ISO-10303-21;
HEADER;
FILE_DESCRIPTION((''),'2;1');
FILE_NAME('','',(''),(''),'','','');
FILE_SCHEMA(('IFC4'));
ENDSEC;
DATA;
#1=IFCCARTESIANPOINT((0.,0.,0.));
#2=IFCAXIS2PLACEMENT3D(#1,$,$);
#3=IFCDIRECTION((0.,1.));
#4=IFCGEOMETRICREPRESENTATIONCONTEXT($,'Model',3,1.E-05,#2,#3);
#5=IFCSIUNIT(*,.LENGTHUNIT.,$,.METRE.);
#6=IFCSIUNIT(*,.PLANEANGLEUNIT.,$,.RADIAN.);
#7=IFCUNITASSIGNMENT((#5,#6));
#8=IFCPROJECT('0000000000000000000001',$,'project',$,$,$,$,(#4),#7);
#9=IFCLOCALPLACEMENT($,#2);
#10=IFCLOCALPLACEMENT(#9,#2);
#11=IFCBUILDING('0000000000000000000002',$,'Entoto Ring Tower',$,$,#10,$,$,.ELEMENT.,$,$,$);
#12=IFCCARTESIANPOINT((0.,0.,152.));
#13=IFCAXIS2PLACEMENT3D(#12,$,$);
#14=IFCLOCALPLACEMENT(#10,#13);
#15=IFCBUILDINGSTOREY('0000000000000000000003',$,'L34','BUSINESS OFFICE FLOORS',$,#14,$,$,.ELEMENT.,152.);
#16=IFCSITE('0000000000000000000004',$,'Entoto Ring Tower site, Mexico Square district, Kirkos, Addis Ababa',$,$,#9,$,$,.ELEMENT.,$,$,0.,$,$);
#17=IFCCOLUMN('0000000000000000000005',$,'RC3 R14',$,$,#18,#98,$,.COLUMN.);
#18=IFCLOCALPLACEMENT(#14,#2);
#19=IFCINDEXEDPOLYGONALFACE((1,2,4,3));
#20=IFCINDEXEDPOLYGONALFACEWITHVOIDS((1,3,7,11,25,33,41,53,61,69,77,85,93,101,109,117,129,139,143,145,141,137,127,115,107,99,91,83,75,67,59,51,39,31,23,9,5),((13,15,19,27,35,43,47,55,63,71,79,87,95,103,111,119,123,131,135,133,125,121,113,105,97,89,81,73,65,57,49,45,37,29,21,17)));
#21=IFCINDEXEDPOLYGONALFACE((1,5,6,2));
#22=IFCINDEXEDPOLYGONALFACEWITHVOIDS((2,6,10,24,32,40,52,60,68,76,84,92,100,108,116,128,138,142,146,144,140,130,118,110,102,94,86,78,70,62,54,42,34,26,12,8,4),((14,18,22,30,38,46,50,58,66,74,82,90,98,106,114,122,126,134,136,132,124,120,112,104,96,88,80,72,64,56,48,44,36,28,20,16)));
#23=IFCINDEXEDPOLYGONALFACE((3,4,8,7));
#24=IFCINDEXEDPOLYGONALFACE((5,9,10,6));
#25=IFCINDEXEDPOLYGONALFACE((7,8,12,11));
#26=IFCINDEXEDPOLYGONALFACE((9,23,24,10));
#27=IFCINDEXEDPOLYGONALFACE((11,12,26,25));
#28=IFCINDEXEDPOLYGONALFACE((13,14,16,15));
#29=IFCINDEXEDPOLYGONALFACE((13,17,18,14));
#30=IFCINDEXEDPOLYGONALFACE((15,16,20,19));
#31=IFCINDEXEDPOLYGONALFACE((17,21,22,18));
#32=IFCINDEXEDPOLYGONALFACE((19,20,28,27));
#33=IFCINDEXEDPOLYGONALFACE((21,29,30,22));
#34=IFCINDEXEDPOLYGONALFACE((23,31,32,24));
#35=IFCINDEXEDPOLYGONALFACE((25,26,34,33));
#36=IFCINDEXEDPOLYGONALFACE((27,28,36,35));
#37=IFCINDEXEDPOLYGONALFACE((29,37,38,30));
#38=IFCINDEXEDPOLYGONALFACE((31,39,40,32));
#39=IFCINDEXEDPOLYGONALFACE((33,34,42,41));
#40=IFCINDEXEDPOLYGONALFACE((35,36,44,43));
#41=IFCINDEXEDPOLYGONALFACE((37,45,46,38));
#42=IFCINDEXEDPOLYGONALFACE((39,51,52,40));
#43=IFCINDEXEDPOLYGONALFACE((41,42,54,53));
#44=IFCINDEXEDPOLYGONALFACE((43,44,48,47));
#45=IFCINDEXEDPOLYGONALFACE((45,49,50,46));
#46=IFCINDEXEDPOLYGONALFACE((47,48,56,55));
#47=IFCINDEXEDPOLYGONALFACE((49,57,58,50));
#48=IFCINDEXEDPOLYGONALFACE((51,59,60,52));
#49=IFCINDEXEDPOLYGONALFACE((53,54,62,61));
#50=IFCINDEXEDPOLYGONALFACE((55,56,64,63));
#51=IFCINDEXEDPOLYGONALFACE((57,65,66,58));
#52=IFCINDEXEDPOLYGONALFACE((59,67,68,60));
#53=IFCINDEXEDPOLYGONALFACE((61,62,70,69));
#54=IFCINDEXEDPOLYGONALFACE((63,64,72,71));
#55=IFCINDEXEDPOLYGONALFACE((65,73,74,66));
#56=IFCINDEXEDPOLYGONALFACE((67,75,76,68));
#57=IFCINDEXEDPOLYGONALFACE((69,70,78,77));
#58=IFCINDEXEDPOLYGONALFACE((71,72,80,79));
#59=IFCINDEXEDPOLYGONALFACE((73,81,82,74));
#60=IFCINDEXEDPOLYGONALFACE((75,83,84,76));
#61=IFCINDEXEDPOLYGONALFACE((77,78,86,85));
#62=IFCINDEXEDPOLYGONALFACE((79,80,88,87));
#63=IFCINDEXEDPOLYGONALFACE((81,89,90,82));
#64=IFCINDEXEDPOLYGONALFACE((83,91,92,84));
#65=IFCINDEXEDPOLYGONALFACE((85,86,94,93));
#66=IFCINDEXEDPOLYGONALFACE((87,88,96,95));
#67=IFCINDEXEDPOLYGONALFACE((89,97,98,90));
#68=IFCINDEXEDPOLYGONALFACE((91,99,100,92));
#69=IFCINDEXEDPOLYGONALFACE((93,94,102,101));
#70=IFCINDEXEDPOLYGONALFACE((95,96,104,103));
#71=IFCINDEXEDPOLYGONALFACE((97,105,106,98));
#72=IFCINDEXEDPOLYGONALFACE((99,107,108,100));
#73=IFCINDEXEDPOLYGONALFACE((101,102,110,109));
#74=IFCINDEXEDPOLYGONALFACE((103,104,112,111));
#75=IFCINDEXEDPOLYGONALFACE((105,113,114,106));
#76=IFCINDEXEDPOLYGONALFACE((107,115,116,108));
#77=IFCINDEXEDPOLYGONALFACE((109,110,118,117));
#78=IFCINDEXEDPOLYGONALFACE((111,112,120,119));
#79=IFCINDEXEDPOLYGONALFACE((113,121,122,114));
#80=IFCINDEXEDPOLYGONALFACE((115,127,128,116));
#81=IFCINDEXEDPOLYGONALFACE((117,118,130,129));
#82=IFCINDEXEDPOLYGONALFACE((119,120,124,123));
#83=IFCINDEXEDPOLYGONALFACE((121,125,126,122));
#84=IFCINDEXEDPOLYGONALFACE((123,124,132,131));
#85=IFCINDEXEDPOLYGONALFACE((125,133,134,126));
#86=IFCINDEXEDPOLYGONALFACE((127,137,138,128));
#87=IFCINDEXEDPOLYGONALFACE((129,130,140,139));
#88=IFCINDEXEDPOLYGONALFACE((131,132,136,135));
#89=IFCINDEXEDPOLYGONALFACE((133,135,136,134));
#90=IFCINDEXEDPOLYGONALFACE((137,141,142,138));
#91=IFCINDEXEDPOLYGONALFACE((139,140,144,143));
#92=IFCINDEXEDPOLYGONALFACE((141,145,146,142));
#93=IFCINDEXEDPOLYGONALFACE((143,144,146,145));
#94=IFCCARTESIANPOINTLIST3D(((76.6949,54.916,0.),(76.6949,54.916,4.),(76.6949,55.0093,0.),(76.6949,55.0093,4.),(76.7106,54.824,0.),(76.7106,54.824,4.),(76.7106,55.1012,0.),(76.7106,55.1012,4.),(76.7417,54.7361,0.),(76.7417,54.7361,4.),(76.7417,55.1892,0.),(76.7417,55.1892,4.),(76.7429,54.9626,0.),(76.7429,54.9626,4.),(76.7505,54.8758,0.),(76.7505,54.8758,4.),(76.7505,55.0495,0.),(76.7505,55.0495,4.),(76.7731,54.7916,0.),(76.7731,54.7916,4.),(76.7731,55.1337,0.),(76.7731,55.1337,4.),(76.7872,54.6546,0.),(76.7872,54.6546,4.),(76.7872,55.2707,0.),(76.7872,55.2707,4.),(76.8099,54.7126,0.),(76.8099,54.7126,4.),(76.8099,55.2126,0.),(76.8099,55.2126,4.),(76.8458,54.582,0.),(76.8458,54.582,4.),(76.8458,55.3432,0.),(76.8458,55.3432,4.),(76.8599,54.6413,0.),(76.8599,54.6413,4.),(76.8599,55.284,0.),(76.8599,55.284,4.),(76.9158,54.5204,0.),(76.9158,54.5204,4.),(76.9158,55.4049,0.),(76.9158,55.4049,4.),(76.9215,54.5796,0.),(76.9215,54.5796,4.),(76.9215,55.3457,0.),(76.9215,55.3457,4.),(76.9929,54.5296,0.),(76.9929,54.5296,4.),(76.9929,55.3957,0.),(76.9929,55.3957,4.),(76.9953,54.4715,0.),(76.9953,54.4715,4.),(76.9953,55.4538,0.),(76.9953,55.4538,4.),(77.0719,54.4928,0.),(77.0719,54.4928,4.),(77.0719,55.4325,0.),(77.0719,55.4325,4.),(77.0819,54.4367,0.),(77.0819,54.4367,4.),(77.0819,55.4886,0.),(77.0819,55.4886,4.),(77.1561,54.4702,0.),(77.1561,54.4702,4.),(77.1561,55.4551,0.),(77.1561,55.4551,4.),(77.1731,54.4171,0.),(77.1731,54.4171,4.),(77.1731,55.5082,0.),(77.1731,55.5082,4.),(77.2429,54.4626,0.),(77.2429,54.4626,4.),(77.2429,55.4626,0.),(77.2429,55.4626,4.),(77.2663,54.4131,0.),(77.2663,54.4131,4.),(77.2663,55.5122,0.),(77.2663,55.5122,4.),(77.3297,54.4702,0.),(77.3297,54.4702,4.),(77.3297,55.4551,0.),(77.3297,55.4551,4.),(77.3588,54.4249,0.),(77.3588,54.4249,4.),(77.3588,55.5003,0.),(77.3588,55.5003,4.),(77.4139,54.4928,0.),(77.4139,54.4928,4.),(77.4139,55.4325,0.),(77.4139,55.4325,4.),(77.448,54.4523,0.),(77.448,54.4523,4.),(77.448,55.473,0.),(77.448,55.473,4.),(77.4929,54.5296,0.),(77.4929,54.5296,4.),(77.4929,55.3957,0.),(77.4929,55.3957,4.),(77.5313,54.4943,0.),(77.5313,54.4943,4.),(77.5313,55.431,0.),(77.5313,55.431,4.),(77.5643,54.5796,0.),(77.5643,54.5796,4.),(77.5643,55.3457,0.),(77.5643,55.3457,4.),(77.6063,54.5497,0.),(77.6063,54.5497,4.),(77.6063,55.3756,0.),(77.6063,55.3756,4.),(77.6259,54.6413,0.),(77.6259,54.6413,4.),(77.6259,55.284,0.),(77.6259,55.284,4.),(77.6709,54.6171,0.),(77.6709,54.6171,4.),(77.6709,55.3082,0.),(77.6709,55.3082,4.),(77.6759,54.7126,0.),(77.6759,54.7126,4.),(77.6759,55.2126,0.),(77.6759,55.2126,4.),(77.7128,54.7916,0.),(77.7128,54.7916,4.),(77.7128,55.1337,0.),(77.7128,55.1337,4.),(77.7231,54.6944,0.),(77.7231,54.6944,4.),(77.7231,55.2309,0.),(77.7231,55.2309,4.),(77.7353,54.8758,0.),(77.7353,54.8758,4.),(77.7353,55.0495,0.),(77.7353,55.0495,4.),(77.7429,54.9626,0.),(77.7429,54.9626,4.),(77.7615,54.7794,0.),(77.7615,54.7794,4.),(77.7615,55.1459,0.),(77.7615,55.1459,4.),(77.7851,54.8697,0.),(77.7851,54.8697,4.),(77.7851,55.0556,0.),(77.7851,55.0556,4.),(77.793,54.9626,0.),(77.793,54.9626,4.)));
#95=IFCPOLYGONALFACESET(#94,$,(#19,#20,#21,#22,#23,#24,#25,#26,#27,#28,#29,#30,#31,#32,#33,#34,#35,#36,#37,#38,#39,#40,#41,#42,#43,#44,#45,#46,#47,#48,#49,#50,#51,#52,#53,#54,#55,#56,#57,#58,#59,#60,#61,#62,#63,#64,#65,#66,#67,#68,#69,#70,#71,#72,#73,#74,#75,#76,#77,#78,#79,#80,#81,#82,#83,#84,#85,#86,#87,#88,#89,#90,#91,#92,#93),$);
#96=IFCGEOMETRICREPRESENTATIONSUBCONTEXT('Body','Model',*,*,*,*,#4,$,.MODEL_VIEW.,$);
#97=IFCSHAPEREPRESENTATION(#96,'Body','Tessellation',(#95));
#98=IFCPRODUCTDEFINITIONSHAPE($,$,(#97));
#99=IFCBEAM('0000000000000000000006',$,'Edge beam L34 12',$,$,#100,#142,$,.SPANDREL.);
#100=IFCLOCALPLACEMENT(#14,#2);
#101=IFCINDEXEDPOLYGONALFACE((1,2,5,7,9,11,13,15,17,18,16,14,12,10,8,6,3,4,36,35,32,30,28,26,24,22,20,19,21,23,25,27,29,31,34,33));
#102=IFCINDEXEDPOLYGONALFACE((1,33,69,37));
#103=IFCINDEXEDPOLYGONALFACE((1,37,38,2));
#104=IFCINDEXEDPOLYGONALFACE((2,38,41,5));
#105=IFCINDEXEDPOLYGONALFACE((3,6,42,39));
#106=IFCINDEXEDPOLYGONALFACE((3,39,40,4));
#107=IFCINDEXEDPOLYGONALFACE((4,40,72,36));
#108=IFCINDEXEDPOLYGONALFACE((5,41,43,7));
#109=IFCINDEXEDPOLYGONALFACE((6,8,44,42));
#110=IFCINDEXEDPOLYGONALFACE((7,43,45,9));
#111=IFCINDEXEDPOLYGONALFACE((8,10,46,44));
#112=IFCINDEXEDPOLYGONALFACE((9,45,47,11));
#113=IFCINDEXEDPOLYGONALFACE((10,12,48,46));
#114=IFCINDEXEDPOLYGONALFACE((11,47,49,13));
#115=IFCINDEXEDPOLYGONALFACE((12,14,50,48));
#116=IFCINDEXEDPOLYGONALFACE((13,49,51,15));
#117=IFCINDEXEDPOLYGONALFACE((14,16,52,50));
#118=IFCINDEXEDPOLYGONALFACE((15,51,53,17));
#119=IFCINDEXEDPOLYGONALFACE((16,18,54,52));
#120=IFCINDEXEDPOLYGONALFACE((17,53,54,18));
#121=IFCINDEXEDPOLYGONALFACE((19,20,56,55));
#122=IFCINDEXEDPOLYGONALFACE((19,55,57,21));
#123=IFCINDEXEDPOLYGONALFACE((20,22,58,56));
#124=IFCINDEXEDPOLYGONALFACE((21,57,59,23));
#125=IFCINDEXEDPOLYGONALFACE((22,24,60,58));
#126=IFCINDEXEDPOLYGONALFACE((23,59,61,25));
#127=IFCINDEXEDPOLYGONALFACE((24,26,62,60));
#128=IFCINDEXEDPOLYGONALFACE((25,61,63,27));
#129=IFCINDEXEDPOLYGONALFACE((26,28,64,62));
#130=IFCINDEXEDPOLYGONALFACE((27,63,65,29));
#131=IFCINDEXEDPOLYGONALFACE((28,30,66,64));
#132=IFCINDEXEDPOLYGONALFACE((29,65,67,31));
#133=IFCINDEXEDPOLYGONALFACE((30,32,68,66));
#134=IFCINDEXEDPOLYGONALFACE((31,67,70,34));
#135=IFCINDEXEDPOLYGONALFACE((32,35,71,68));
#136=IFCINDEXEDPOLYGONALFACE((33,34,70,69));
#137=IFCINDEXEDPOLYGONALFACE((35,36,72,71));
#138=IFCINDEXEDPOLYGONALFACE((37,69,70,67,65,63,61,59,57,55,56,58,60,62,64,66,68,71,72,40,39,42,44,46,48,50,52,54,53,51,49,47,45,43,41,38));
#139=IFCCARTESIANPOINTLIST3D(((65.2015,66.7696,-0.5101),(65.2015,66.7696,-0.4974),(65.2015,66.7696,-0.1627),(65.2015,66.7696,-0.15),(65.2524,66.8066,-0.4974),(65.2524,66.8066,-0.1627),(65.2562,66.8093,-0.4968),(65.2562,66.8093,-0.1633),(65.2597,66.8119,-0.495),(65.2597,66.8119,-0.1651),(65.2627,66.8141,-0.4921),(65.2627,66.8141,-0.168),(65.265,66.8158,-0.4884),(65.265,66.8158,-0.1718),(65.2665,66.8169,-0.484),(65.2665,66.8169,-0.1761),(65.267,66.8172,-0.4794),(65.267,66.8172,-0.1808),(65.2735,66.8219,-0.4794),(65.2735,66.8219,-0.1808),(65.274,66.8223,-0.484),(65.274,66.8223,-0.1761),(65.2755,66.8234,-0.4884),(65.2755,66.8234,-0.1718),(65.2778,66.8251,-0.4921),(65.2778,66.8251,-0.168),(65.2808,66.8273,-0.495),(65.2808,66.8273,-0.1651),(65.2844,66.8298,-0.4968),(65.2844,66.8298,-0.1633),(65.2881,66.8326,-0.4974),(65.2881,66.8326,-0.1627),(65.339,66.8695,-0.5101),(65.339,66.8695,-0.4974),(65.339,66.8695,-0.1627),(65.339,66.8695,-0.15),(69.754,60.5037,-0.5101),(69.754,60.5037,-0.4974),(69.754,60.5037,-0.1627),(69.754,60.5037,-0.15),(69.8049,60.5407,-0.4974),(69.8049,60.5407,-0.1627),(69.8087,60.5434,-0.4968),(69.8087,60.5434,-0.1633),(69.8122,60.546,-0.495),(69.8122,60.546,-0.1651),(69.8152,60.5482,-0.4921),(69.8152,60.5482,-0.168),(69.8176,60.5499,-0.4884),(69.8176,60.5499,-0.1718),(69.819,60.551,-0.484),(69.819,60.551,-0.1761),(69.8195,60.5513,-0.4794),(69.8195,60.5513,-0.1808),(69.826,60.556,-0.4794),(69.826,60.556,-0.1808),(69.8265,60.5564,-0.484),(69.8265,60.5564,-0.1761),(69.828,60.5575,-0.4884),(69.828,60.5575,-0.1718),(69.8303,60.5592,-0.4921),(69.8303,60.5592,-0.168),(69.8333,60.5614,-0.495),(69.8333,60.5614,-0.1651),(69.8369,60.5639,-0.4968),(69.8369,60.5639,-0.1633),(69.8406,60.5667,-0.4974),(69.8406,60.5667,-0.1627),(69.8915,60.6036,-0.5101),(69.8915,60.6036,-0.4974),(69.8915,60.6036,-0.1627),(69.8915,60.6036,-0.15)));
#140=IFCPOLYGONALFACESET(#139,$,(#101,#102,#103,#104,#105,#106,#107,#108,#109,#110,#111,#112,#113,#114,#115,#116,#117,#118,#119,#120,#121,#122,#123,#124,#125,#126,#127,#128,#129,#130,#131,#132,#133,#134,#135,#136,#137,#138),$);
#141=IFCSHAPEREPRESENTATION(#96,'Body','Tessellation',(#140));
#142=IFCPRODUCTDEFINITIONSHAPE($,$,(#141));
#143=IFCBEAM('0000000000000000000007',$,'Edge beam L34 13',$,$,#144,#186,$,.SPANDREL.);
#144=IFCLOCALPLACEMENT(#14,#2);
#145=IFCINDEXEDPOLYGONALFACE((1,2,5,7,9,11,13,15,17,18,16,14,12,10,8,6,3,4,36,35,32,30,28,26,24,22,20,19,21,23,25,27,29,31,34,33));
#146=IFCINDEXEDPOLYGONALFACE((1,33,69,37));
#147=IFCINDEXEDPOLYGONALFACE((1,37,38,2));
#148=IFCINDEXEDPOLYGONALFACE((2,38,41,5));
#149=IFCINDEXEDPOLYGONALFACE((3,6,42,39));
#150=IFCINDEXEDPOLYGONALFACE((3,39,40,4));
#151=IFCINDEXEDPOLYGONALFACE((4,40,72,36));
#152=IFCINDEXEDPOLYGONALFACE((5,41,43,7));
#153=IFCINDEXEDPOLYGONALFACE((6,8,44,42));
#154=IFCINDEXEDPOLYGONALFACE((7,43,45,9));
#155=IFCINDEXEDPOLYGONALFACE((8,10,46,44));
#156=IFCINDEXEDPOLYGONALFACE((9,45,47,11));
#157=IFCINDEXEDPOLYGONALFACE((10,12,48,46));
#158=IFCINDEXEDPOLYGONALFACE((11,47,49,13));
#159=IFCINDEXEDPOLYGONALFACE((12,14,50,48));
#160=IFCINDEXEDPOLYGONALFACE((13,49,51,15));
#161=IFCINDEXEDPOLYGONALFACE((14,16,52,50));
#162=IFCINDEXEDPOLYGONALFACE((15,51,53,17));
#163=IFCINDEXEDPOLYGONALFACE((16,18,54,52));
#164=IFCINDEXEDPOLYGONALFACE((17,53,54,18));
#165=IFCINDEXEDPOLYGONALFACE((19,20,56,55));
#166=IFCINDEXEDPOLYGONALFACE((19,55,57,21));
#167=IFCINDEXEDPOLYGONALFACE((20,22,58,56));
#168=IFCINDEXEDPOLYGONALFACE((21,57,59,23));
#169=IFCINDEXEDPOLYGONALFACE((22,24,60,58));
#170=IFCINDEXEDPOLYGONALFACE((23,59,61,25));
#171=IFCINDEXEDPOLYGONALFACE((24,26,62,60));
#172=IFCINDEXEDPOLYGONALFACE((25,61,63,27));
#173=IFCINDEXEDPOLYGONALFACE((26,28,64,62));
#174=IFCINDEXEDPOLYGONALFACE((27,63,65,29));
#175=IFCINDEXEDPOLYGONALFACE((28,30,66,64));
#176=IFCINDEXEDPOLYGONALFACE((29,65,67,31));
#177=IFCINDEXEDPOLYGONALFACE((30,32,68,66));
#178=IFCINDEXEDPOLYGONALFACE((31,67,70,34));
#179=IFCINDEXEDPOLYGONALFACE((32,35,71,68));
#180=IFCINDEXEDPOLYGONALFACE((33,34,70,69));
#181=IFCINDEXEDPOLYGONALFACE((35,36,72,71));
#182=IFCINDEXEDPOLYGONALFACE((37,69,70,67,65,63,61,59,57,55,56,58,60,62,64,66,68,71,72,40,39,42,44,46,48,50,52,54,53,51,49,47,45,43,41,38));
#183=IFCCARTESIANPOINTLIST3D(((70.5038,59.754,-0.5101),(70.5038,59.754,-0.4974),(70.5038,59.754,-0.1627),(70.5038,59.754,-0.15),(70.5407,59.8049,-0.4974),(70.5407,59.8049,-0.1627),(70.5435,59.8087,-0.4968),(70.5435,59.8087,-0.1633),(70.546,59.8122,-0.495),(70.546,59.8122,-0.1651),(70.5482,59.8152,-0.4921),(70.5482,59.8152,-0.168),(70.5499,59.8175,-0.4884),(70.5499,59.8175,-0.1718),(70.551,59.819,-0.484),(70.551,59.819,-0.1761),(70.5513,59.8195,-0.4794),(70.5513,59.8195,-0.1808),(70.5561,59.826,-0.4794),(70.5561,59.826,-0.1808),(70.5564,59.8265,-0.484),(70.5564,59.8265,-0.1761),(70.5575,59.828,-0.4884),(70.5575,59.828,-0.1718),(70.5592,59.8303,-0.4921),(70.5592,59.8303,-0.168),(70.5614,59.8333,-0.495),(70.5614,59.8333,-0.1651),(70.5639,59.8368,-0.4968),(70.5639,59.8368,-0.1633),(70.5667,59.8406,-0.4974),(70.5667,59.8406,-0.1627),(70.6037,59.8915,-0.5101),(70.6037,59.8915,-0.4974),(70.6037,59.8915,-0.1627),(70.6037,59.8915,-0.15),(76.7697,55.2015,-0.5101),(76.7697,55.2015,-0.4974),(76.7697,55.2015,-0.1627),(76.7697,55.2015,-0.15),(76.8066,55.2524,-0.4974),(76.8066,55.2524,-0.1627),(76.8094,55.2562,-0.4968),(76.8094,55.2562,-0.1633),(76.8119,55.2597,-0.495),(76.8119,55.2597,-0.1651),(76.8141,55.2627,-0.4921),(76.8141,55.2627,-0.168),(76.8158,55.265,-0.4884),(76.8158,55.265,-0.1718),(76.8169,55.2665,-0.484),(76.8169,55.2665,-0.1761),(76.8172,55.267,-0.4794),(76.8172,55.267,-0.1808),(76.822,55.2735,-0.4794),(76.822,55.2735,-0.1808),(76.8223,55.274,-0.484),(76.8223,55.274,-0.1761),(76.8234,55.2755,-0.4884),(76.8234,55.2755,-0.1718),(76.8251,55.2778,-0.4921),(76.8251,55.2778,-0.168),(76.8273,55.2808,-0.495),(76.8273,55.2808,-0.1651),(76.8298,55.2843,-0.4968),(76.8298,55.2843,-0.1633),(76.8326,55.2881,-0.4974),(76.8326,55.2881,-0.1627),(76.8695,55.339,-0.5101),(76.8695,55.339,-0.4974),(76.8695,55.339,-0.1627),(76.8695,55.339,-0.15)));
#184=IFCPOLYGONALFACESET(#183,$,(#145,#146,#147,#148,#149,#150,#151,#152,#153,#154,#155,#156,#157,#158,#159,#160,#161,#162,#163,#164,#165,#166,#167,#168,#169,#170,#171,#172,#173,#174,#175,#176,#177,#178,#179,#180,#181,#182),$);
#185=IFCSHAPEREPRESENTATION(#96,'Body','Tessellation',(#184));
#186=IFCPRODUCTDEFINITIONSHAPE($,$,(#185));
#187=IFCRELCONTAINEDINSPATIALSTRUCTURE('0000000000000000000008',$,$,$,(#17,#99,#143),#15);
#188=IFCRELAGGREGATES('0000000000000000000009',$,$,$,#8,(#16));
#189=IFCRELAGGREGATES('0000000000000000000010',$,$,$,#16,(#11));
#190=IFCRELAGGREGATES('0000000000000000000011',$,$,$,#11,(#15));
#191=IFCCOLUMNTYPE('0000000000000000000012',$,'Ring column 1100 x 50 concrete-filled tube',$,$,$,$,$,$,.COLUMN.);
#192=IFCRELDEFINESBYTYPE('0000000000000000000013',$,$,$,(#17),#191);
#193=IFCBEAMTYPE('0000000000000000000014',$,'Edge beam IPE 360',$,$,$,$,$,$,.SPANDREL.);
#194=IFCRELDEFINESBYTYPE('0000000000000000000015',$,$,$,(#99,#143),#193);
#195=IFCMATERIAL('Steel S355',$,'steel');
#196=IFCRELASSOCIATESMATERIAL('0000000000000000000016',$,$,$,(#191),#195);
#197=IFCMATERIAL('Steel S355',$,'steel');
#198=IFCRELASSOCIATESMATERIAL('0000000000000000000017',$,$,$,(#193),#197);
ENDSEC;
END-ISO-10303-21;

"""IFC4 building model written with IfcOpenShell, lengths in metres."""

from ifc_helpers import new_model, si_unit, direction, frame, origin, origin_2d, place, context, subcontext, project, spatial, circle, hollow_circle, i_section, extrude, material, material_profile, profile_set, type_object, element, save


model = new_model("IFC4")

# Units and contexts
model_context = context("Model", 3, precision=1e-05, world=origin(), true_north=direction((0.0, 1.0)))
body_context = subcontext(model_context, "Body", "Model", "MODEL_VIEW")
ifc_project = project(units=[si_unit("LENGTHUNIT", "METRE"), si_unit("PLANEANGLEUNIT", "RADIAN")], contexts=[model_context])

# Site, building, storey
site_placement = place(None, origin())
site = spatial("IfcSite", under=ifc_project, at=site_placement, Name="Entoto Ring Tower site, Mexico Square district, Kirkos, Addis Ababa", CompositionType="ELEMENT", RefElevation=0.0)
building_placement = place(site_placement, origin())
building = spatial("IfcBuilding", under=site, at=building_placement, Name="Entoto Ring Tower", CompositionType="ELEMENT")
storey_placement = place(building_placement, frame((0.0, 0.0, 152.0)))
storey = spatial("IfcBuildingStorey", under=building, at=storey_placement, Name="L34", Description="BUSINESS OFFICE FLOORS", CompositionType="ELEMENT", Elevation=152.0)

# Column
ifc_material_1 = material(Name="Steel S355", Category="steel")
ifc_material_profile_1 = material_profile(ifc_material_1, hollow_circle(Radius=0.55, WallThickness=0.05, at=origin_2d()), Name="CHS 1100 x 50")
ifc_material_2 = material(Name="Concrete C60/75", Category="concrete")
ifc_material_profile_2 = material_profile(ifc_material_2, circle(Radius=0.5, at=origin_2d()), Name="Concrete C60/75 infill")
ifc_profile_set_1 = profile_set([ifc_material_profile_1, ifc_material_profile_2], Name="Steel S355")
column_type = type_object("IfcColumnType", Name="Ring column 1100 x 50 concrete-filled tube", PredefinedType="COLUMN", material=ifc_profile_set_1)
for number, where, z_axis, x_axis, name in (
    (1, (77.2429, 54.9626, 0.0), (0.0, 0.0, 1.0), (1.0, 0.0, 0.0), "RC3 R14"),
):
    element("IfcColumn", number, at=place(storey_placement, frame(where, z_axis=z_axis, x_axis=x_axis)), inside=storey, type_object=column_type, Name=name, PredefinedType="COLUMN", context=body_context, shape_type="SweptSolid", body=[
        extrude(hollow_circle(Radius=0.55, WallThickness=0.05, at=origin_2d()), origin(), (0.0, 0.0, 1.0), 4.0),
    ])

# Beams
ifc_material_3 = material(Name="Steel S355", Category="steel")
ifc_material_profile_3 = material_profile(ifc_material_3, i_section(OverallWidth=0.1699, OverallDepth=0.3601, WebThickness=0.0081, FlangeThickness=0.0127, FilletRadius=0.0181, at=origin_2d()), Name="IPE 360")
ifc_profile_set_2 = profile_set([ifc_material_profile_3], Name="Steel S355")
beam_type_1 = type_object("IfcBeamType", Name="Edge beam IPE 360", PredefinedType="SPANDREL", material=ifc_profile_set_2)
for number, where, z_axis, x_axis, name in (
    (2, (65.2703, 66.8196, -0.3301), (0.587791, -0.809013, 0.0), (0.809013, 0.587791, 0.0), "Edge beam L34 12"),
    (3, (70.5537, 59.8228, -0.3301), (0.809013, -0.587791, 0.0), (0.587791, 0.809013, 0.0), "Edge beam L34 13"),
):
    element("IfcBeam", number, at=place(storey_placement, frame(where, z_axis=z_axis, x_axis=x_axis)), inside=storey, type_object=beam_type_1, Name=name, PredefinedType="SPANDREL", context=body_context, shape_type="SweptSolid", body=[
        extrude(i_section(OverallWidth=0.1699, OverallDepth=0.3601, WebThickness=0.0081, FlangeThickness=0.0127, FilletRadius=0.0181, at=origin_2d()), origin(), (0.0, 0.0, 1.0), 7.7451),
    ])

save(model, "model.ifc")
